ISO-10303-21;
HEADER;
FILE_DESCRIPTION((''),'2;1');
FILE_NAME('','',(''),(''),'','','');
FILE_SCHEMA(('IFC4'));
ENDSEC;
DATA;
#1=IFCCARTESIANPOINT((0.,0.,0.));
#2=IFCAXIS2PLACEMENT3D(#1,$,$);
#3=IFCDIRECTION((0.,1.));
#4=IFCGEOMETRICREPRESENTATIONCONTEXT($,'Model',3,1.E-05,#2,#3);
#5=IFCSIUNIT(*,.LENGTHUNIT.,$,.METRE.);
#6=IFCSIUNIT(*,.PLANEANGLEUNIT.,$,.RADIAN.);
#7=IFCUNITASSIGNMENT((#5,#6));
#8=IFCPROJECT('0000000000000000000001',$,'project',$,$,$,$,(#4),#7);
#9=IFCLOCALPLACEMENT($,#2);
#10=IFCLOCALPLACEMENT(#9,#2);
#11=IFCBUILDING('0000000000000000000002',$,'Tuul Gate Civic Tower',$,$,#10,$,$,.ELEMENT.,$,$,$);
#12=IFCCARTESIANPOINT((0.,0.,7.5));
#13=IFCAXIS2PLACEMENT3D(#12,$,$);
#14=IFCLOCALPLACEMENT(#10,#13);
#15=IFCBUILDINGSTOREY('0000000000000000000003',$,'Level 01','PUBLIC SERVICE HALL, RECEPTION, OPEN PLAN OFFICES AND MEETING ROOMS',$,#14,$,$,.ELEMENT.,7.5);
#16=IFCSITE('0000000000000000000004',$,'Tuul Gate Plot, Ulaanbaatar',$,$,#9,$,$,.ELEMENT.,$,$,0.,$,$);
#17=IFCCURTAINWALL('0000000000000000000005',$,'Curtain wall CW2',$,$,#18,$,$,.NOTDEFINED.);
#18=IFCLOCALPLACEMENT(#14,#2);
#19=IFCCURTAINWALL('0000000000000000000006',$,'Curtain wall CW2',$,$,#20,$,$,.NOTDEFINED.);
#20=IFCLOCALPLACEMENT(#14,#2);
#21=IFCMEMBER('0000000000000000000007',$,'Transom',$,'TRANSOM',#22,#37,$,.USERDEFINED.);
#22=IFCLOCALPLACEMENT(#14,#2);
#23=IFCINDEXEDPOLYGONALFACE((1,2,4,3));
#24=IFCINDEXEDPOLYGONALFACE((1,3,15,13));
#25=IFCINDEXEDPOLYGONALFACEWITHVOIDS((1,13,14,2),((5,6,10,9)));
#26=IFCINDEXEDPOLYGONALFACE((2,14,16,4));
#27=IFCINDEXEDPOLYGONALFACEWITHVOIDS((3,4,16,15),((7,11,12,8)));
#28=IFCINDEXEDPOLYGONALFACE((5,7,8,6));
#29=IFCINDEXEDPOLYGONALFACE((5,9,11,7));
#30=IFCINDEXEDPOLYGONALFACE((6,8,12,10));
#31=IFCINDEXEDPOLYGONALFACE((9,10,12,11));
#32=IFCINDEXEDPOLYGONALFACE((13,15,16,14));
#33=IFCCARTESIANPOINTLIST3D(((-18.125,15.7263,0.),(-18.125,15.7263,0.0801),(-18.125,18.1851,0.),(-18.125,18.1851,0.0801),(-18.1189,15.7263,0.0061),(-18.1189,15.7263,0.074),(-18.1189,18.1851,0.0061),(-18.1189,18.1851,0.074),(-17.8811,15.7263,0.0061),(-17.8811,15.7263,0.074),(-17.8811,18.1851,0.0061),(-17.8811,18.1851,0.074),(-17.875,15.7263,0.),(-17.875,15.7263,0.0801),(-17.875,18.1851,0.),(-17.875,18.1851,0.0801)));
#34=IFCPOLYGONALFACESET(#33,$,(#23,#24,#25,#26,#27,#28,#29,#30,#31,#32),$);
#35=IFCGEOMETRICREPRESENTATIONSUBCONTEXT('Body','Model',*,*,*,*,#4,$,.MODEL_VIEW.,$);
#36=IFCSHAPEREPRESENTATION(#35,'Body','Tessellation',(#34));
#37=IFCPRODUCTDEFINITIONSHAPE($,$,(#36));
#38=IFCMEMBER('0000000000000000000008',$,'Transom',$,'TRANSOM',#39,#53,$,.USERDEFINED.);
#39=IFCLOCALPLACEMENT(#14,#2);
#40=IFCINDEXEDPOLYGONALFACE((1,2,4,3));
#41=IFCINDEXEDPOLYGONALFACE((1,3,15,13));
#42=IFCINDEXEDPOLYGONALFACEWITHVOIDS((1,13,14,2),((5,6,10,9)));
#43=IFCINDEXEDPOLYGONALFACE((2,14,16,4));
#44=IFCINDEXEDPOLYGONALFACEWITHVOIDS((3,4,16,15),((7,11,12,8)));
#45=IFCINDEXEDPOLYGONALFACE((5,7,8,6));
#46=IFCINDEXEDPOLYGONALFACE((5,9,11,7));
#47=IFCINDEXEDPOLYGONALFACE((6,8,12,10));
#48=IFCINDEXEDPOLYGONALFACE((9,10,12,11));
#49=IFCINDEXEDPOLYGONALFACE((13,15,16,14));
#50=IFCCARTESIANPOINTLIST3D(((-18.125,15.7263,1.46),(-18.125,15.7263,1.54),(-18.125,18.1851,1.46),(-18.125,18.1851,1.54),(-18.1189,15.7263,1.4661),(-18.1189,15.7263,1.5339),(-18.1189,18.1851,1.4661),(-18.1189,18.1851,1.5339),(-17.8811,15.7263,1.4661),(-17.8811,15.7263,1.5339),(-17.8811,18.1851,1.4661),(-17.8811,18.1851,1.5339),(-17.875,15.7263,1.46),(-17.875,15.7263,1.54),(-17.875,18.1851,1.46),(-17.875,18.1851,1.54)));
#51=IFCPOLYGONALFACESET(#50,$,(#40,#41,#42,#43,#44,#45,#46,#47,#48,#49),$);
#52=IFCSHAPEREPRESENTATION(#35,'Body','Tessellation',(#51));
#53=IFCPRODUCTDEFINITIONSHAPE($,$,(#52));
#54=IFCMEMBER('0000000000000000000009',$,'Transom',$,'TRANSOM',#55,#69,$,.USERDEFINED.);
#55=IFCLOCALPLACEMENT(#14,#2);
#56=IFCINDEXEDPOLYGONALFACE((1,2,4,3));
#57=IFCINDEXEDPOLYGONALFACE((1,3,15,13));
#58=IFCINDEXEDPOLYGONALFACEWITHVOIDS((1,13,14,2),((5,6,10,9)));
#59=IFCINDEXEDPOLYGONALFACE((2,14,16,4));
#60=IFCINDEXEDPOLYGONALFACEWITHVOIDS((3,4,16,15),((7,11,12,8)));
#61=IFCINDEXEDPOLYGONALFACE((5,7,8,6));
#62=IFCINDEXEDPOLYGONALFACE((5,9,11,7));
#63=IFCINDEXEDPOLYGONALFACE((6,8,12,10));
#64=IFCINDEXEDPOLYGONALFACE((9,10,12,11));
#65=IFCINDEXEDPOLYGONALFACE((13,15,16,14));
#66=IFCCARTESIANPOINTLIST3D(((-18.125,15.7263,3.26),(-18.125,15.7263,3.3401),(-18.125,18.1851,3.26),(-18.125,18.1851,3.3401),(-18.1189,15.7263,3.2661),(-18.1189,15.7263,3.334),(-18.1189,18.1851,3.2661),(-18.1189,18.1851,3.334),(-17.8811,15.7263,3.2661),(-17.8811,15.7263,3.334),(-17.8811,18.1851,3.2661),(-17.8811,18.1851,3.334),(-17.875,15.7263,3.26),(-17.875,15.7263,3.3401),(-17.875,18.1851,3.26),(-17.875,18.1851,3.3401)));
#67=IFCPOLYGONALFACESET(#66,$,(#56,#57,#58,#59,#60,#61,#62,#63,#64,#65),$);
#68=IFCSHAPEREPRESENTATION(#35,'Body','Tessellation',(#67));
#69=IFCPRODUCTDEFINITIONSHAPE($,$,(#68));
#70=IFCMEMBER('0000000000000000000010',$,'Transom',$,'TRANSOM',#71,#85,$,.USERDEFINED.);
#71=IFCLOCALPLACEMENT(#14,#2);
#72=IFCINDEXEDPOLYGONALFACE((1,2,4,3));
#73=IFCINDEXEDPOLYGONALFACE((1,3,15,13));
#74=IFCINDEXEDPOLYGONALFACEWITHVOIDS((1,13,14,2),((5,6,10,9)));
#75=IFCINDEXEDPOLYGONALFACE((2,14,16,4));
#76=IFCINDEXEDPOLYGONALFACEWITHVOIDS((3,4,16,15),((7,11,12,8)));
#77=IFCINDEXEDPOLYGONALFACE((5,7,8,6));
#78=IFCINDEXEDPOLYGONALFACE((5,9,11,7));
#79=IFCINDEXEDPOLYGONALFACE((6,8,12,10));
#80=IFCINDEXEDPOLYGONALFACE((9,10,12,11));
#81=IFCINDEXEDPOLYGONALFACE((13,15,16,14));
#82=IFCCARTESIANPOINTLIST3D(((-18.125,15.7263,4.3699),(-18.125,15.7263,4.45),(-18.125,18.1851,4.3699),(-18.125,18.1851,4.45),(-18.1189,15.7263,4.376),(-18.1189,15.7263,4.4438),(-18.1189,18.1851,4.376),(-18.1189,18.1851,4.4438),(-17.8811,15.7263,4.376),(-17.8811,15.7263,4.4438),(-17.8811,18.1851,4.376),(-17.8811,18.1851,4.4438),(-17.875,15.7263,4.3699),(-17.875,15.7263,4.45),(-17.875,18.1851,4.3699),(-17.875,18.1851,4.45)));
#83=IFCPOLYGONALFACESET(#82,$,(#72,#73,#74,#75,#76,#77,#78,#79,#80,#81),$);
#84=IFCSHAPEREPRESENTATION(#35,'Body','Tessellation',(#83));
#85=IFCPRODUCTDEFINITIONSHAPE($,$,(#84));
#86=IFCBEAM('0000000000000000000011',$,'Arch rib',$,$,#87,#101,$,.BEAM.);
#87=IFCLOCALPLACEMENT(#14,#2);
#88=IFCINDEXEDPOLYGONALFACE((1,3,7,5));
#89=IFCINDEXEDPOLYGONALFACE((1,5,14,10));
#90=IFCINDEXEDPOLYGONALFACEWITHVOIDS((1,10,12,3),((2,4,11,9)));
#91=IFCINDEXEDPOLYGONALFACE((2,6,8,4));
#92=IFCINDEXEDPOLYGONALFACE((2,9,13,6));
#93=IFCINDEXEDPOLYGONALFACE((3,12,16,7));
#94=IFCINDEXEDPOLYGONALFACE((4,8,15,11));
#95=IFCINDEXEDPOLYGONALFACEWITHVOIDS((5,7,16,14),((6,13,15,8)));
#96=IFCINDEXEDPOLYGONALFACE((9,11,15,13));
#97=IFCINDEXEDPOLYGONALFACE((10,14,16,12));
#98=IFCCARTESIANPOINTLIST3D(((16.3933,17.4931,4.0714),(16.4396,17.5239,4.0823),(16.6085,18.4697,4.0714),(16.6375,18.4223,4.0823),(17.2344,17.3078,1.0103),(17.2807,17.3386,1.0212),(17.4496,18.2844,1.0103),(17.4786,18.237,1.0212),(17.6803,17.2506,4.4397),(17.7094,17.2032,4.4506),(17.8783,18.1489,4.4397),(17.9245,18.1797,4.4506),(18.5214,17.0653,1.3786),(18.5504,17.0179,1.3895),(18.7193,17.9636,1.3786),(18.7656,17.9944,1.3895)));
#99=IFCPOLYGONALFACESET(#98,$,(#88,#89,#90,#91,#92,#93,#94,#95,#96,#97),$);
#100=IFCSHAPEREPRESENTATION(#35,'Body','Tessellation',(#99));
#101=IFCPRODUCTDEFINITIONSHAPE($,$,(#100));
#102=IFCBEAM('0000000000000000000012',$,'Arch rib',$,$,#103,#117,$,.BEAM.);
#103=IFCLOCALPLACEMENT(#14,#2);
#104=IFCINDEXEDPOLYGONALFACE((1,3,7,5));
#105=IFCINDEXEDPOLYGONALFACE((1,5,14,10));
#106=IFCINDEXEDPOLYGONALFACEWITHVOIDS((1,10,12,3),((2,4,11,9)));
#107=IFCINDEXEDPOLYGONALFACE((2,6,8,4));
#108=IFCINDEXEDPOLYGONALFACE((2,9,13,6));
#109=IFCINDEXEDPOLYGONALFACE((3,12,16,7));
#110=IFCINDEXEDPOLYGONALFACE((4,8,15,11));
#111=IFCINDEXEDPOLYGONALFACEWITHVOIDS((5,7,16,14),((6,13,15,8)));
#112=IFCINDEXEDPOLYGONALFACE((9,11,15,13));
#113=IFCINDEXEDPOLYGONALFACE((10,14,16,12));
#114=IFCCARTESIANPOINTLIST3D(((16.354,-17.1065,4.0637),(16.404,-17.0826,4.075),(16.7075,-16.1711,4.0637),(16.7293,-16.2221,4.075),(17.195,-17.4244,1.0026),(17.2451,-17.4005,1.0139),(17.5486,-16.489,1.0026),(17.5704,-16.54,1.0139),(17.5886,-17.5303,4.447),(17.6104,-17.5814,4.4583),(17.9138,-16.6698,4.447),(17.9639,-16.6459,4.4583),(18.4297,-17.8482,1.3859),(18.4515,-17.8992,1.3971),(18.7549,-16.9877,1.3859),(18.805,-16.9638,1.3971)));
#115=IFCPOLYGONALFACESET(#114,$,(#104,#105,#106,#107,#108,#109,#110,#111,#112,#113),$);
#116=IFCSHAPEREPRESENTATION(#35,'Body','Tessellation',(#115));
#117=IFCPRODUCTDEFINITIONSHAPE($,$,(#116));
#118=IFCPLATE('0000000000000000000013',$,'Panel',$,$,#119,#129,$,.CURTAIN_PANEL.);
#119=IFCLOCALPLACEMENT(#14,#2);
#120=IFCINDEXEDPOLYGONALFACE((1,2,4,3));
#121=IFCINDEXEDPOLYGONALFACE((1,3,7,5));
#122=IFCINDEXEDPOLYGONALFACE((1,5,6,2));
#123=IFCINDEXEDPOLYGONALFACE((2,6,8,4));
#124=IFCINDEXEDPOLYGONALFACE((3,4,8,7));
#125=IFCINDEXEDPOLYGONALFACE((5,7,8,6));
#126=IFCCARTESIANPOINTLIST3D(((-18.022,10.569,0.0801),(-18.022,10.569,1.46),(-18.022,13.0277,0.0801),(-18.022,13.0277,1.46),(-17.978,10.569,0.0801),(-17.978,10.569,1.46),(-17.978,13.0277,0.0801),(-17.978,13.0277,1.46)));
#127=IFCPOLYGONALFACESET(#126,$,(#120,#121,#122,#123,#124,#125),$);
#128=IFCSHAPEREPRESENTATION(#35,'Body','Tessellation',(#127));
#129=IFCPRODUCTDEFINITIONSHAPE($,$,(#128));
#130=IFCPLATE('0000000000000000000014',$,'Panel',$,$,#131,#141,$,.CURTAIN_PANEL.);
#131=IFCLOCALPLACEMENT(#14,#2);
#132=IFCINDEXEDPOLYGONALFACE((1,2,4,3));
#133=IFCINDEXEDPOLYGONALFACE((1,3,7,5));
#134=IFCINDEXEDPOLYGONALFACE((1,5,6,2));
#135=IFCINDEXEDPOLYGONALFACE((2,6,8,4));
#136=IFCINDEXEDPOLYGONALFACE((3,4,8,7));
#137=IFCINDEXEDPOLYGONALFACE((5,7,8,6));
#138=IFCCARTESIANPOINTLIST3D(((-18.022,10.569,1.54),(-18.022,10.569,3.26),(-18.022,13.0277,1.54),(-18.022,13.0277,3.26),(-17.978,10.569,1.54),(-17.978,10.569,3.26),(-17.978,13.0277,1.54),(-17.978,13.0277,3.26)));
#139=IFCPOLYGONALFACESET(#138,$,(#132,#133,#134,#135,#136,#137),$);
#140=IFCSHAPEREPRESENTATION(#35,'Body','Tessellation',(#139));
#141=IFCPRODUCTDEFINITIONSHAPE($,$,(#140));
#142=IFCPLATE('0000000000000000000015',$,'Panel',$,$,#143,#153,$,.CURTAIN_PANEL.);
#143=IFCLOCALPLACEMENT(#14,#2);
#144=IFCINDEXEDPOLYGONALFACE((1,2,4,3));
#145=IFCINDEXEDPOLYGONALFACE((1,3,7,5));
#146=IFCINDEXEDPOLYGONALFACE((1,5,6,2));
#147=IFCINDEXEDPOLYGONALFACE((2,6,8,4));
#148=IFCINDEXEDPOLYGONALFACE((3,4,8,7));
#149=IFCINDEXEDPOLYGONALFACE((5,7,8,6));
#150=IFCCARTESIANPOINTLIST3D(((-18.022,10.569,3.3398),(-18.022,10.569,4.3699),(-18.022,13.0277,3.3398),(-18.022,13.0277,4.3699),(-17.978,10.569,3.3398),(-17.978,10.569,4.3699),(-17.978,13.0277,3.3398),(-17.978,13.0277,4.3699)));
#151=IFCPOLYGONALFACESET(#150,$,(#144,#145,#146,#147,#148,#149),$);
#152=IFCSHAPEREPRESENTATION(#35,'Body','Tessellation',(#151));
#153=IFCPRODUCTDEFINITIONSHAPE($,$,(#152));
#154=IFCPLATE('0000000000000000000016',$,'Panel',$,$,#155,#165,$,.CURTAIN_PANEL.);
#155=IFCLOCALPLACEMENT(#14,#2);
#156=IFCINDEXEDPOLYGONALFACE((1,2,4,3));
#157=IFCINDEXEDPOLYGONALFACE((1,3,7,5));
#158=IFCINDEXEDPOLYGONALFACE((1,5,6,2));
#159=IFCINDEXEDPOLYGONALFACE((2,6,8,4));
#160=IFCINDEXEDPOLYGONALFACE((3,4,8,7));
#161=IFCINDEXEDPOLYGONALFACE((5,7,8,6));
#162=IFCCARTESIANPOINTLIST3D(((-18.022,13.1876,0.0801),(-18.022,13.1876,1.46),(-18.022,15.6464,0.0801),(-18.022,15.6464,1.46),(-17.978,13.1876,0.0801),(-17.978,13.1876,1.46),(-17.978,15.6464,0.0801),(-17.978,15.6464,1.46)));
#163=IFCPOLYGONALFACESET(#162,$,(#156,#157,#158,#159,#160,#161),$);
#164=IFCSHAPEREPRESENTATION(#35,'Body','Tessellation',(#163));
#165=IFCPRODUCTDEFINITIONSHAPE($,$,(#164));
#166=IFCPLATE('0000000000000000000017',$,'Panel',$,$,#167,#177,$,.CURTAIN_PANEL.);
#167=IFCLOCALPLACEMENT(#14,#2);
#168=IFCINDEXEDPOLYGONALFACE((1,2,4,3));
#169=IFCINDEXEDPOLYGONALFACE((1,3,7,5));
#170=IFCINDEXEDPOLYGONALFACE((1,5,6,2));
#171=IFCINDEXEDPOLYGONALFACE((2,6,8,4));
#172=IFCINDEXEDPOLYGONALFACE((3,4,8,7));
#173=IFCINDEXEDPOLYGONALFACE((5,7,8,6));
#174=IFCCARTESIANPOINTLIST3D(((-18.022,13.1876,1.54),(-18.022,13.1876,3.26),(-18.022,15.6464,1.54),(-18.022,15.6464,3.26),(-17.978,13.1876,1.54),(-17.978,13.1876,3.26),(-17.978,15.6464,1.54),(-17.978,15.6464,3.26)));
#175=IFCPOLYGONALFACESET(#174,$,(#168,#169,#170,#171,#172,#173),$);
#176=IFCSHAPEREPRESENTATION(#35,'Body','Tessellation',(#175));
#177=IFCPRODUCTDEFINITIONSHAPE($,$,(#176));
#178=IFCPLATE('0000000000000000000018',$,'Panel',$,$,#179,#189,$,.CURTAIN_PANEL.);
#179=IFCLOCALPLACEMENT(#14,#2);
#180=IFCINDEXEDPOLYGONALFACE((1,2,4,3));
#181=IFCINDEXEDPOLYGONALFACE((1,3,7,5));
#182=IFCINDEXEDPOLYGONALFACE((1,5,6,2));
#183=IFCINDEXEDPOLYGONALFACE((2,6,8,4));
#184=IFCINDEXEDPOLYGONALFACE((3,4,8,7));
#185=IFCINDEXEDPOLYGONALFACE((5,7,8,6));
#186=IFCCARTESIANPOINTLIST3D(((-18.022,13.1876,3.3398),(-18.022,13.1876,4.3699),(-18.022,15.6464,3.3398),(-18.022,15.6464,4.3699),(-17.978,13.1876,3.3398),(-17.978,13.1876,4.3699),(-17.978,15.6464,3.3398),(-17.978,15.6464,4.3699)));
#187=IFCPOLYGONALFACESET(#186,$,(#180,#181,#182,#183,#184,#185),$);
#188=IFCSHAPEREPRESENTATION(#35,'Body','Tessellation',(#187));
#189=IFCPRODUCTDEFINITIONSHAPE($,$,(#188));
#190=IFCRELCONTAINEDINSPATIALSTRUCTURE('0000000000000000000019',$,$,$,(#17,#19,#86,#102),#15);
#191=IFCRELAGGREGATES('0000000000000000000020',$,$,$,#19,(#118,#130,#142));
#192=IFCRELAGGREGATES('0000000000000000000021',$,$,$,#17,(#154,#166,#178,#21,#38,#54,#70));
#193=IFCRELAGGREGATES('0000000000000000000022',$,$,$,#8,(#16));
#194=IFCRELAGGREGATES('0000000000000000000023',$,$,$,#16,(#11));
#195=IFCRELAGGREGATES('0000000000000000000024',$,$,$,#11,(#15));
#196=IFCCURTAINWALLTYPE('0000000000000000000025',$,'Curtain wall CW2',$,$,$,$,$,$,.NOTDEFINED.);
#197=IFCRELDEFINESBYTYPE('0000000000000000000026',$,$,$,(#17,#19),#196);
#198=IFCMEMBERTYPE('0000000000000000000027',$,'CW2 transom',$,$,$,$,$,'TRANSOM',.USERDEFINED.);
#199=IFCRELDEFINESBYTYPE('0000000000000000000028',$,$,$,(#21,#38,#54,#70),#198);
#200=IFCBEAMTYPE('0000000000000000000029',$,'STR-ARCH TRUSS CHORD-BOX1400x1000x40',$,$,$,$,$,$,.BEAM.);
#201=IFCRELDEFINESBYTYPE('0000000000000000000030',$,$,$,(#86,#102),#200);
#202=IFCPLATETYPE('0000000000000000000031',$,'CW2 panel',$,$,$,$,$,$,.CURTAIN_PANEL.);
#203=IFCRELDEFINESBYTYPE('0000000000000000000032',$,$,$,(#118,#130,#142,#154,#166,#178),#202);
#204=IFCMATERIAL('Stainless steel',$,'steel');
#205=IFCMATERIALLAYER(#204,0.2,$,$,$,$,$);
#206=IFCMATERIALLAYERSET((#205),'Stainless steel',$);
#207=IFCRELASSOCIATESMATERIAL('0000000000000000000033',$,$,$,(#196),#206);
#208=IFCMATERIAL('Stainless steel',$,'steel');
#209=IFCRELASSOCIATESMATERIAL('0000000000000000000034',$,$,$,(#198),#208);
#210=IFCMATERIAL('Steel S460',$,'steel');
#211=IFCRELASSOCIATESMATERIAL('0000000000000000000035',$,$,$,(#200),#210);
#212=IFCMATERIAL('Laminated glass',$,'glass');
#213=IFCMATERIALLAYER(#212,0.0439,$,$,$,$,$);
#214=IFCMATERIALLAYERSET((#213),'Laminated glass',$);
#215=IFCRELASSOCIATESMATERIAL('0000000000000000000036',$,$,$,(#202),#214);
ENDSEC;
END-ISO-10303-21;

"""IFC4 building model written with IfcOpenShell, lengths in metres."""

from ifc_helpers import new_model, si_unit, direction, frame, origin, origin_2d, place, context, subcontext, project, spatial, rectangle, hollow_rectangle, extrude, material, layer, layer_set, material_profile, profile_set, type_object, element, aggregate, save


model = new_model("IFC4")

# Units and contexts
model_context = context("Model", 3, precision=1e-05, world=origin(), true_north=direction((0.0, 1.0)))
body_context = subcontext(model_context, "Body", "Model", "MODEL_VIEW")
ifc_project = project(units=[si_unit("LENGTHUNIT", "METRE"), si_unit("PLANEANGLEUNIT", "RADIAN")], contexts=[model_context])

# Site, building, storey
site_placement = place(None, origin())
site = spatial("IfcSite", under=ifc_project, at=site_placement, Name="Tuul Gate Plot, Ulaanbaatar", CompositionType="ELEMENT", RefElevation=0.0)
building_placement = place(site_placement, origin())
building = spatial("IfcBuilding", under=site, at=building_placement, Name="Tuul Gate Civic Tower", CompositionType="ELEMENT")
storey_placement = place(building_placement, frame((0.0, 0.0, 7.5)))
storey = spatial("IfcBuildingStorey", under=building, at=storey_placement, Name="Level 01", Description="PUBLIC SERVICE HALL, RECEPTION, OPEN PLAN OFFICES AND MEETING ROOMS", CompositionType="ELEMENT", Elevation=7.5)

# Curtain walls
ifc_material_1 = material(Name="Stainless steel", Category="steel")
ifc_layer_1 = layer(ifc_material_1, 0.2)
ifc_layer_set_1 = layer_set([ifc_layer_1], Name="Stainless steel")
curtain_wall_type = type_object("IfcCurtainWallType", Name="Curtain wall CW2", PredefinedType="NOTDEFINED", material=ifc_layer_set_1)
curtain_wall_1_placement = place(storey_placement, origin())
curtain_wall_1 = element("IfcCurtainWall", 1, at=curtain_wall_1_placement, inside=storey, type_object=curtain_wall_type, Name="Curtain wall CW2", PredefinedType="NOTDEFINED")
curtain_wall_2_placement = place(storey_placement, origin())
curtain_wall_2 = element("IfcCurtainWall", 2, at=curtain_wall_2_placement, inside=storey, type_object=curtain_wall_type, Name="Curtain wall CW2", PredefinedType="NOTDEFINED")
ifc_material_2 = material(Name="Stainless steel", Category="steel")
ifc_material_profile_1 = material_profile(ifc_material_2, hollow_rectangle(XDim=0.25, YDim=0.0801, WallThickness=0.0061, at=origin_2d()), Name="CW2 transom")
ifc_profile_set_1 = profile_set([ifc_material_profile_1], Name="Stainless steel")
member_type_1 = type_object("IfcMemberType", Name="CW2 transom", ElementType="TRANSOM", PredefinedType="USERDEFINED", material=ifc_profile_set_1)

# Members
member_1_placement = place(storey_placement, frame((-18.0, 15.7263, 0.04), z_axis=(0.0, 1.0, 0.0), x_axis=(-1.0, 0.0, 0.0)))
member_1 = element("IfcMember", 3, at=member_1_placement, type_object=member_type_1, Name="Transom", ObjectType="TRANSOM", PredefinedType="USERDEFINED", context=body_context, shape_type="SweptSolid", body=[
    extrude(hollow_rectangle(XDim=0.25, YDim=0.0801, WallThickness=0.0061, at=origin_2d()), origin(), (0.0, 0.0, 1.0), 2.4587),
])
member_2_placement = place(storey_placement, frame((-18.0, 15.7263, 1.5), z_axis=(0.0, 1.0, 0.0), x_axis=(-1.0, 0.0, 0.0)))
member_2 = element("IfcMember", 4, at=member_2_placement, type_object=member_type_1, Name="Transom", ObjectType="TRANSOM", PredefinedType="USERDEFINED", context=body_context, shape_type="SweptSolid", body=[
    extrude(hollow_rectangle(XDim=0.25, YDim=0.0801, WallThickness=0.0061, at=origin_2d()), origin(), (0.0, 0.0, 1.0), 2.4587),
])
member_3_placement = place(storey_placement, frame((-18.0, 15.7263, 3.3), z_axis=(0.0, 1.0, 0.0), x_axis=(-1.0, 0.0, 0.0)))
member_3 = element("IfcMember", 5, at=member_3_placement, type_object=member_type_1, Name="Transom", ObjectType="TRANSOM", PredefinedType="USERDEFINED", context=body_context, shape_type="SweptSolid", body=[
    extrude(hollow_rectangle(XDim=0.25, YDim=0.0801, WallThickness=0.0061, at=origin_2d()), origin(), (0.0, 0.0, 1.0), 2.4587),
])
member_4_placement = place(storey_placement, frame((-18.0, 15.7263, 4.4099), z_axis=(0.0, 1.0, 0.0), x_axis=(-1.0, 0.0, 0.0)))
member_4 = element("IfcMember", 6, at=member_4_placement, type_object=member_type_1, Name="Transom", ObjectType="TRANSOM", PredefinedType="USERDEFINED", context=body_context, shape_type="SweptSolid", body=[
    extrude(hollow_rectangle(XDim=0.25, YDim=0.0801, WallThickness=0.0061, at=origin_2d()), origin(), (0.0, 0.0, 1.0), 2.4587),
])

# Beams
ifc_material_3 = material(Name="Steel S460", Category="steel")
ifc_material_profile_2 = material_profile(ifc_material_3, hollow_rectangle(XDim=1.0, YDim=1.3999, WallThickness=0.04, at=origin_2d()), Name="BOX1400x1000x40")
ifc_profile_set_2 = profile_set([ifc_material_profile_2], Name="Steel S460")
beam_type = type_object("IfcBeamType", Name="STR-ARCH TRUSS CHORD-BOX1400x1000x40", PredefinedType="BEAM", material=ifc_profile_set_2)
beam_1_placement = place(storey_placement, frame((17.1589, 17.8364, 4.261), z_axis=(0.264495, -0.058273, -0.962625), x_axis=(0.215159, 0.976579, 0.0)))
element("IfcBeam", 7, at=beam_1_placement, inside=storey, type_object=beam_type, Name="Arch rib", PredefinedType="BEAM", context=body_context, shape_type="SweptSolid", body=[
    extrude(hollow_rectangle(XDim=1.0, YDim=1.3999, WallThickness=0.04, at=origin_2d()), origin(), (0.0, 0.0, 1.0), 3.1799),
])
beam_2_placement = place(storey_placement, frame((17.1589, -16.8762, 4.261), z_axis=(0.263627, -0.099635, -0.959465), x_axis=(0.353533, 0.935422, 0.0)))
element("IfcBeam", 8, at=beam_2_placement, inside=storey, type_object=beam_type, Name="Arch rib", PredefinedType="BEAM", context=body_context, shape_type="SweptSolid", body=[
    extrude(hollow_rectangle(XDim=1.0, YDim=1.3999, WallThickness=0.04, at=origin_2d()), origin(), (0.0, 0.0, 1.0), 3.1904),
])

# Plates
ifc_material_4 = material(Name="Laminated glass", Category="glass")
ifc_layer_2 = layer(ifc_material_4, 0.0439)
ifc_layer_set_2 = layer_set([ifc_layer_2], Name="Laminated glass")
plate_type = type_object("IfcPlateType", Name="CW2 panel", PredefinedType="CURTAIN_PANEL", material=ifc_layer_set_2)
plate_1_placement = place(storey_placement, frame((-18.0, 11.7983, 0.0801), z_axis=(0.0, 0.0, 1.0), x_axis=(0.0, 1.0, 0.0)))
plate_1 = element("IfcPlate", 9, at=plate_1_placement, type_object=plate_type, Name="Panel", PredefinedType="CURTAIN_PANEL", context=body_context, shape_type="SweptSolid", body=[
    extrude(rectangle(XDim=2.4587, YDim=0.0439, at=origin_2d()), origin(), (0.0, 0.0, 1.0), 1.3799),
])
plate_2_placement = place(storey_placement, frame((-18.0, 11.7983, 1.54), z_axis=(0.0, 0.0, 1.0), x_axis=(0.0, 1.0, 0.0)))
plate_2 = element("IfcPlate", 10, at=plate_2_placement, type_object=plate_type, Name="Panel", PredefinedType="CURTAIN_PANEL", context=body_context, shape_type="SweptSolid", body=[
    extrude(rectangle(XDim=2.4587, YDim=0.0439, at=origin_2d()), origin(), (0.0, 0.0, 1.0), 1.72),
])
plate_3_placement = place(storey_placement, frame((-18.0, 11.7983, 3.3398), z_axis=(0.0, 0.0, 1.0), x_axis=(0.0, 1.0, 0.0)))
plate_3 = element("IfcPlate", 11, at=plate_3_placement, type_object=plate_type, Name="Panel", PredefinedType="CURTAIN_PANEL", context=body_context, shape_type="SweptSolid", body=[
    extrude(rectangle(XDim=2.4587, YDim=0.0439, at=origin_2d()), origin(), (0.0, 0.0, 1.0), 1.03),
])
aggregate(curtain_wall_2, [plate_1, plate_2, plate_3])
plate_4_placement = place(storey_placement, frame((-18.0, 14.417, 0.0801), z_axis=(0.0, 0.0, 1.0), x_axis=(0.0, 1.0, 0.0)))
plate_4 = element("IfcPlate", 12, at=plate_4_placement, type_object=plate_type, Name="Panel", PredefinedType="CURTAIN_PANEL", context=body_context, shape_type="SweptSolid", body=[
    extrude(rectangle(XDim=2.4587, YDim=0.0439, at=origin_2d()), origin(), (0.0, 0.0, 1.0), 1.3799),
])
plate_5_placement = place(storey_placement, frame((-18.0, 14.417, 1.54), z_axis=(0.0, 0.0, 1.0), x_axis=(0.0, 1.0, 0.0)))
plate_5 = element("IfcPlate", 13, at=plate_5_placement, type_object=plate_type, Name="Panel", PredefinedType="CURTAIN_PANEL", context=body_context, shape_type="SweptSolid", body=[
    extrude(rectangle(XDim=2.4587, YDim=0.0439, at=origin_2d()), origin(), (0.0, 0.0, 1.0), 1.72),
])
plate_6_placement = place(storey_placement, frame((-18.0, 14.417, 3.3398), z_axis=(0.0, 0.0, 1.0), x_axis=(0.0, 1.0, 0.0)))
plate_6 = element("IfcPlate", 14, at=plate_6_placement, type_object=plate_type, Name="Panel", PredefinedType="CURTAIN_PANEL", context=body_context, shape_type="SweptSolid", body=[
    extrude(rectangle(XDim=2.4587, YDim=0.0439, at=origin_2d()), origin(), (0.0, 0.0, 1.0), 1.03),
])
aggregate(curtain_wall_1, [plate_4, plate_5, plate_6, member_1, member_2, member_3, member_4])

save(model, "model.ifc")
